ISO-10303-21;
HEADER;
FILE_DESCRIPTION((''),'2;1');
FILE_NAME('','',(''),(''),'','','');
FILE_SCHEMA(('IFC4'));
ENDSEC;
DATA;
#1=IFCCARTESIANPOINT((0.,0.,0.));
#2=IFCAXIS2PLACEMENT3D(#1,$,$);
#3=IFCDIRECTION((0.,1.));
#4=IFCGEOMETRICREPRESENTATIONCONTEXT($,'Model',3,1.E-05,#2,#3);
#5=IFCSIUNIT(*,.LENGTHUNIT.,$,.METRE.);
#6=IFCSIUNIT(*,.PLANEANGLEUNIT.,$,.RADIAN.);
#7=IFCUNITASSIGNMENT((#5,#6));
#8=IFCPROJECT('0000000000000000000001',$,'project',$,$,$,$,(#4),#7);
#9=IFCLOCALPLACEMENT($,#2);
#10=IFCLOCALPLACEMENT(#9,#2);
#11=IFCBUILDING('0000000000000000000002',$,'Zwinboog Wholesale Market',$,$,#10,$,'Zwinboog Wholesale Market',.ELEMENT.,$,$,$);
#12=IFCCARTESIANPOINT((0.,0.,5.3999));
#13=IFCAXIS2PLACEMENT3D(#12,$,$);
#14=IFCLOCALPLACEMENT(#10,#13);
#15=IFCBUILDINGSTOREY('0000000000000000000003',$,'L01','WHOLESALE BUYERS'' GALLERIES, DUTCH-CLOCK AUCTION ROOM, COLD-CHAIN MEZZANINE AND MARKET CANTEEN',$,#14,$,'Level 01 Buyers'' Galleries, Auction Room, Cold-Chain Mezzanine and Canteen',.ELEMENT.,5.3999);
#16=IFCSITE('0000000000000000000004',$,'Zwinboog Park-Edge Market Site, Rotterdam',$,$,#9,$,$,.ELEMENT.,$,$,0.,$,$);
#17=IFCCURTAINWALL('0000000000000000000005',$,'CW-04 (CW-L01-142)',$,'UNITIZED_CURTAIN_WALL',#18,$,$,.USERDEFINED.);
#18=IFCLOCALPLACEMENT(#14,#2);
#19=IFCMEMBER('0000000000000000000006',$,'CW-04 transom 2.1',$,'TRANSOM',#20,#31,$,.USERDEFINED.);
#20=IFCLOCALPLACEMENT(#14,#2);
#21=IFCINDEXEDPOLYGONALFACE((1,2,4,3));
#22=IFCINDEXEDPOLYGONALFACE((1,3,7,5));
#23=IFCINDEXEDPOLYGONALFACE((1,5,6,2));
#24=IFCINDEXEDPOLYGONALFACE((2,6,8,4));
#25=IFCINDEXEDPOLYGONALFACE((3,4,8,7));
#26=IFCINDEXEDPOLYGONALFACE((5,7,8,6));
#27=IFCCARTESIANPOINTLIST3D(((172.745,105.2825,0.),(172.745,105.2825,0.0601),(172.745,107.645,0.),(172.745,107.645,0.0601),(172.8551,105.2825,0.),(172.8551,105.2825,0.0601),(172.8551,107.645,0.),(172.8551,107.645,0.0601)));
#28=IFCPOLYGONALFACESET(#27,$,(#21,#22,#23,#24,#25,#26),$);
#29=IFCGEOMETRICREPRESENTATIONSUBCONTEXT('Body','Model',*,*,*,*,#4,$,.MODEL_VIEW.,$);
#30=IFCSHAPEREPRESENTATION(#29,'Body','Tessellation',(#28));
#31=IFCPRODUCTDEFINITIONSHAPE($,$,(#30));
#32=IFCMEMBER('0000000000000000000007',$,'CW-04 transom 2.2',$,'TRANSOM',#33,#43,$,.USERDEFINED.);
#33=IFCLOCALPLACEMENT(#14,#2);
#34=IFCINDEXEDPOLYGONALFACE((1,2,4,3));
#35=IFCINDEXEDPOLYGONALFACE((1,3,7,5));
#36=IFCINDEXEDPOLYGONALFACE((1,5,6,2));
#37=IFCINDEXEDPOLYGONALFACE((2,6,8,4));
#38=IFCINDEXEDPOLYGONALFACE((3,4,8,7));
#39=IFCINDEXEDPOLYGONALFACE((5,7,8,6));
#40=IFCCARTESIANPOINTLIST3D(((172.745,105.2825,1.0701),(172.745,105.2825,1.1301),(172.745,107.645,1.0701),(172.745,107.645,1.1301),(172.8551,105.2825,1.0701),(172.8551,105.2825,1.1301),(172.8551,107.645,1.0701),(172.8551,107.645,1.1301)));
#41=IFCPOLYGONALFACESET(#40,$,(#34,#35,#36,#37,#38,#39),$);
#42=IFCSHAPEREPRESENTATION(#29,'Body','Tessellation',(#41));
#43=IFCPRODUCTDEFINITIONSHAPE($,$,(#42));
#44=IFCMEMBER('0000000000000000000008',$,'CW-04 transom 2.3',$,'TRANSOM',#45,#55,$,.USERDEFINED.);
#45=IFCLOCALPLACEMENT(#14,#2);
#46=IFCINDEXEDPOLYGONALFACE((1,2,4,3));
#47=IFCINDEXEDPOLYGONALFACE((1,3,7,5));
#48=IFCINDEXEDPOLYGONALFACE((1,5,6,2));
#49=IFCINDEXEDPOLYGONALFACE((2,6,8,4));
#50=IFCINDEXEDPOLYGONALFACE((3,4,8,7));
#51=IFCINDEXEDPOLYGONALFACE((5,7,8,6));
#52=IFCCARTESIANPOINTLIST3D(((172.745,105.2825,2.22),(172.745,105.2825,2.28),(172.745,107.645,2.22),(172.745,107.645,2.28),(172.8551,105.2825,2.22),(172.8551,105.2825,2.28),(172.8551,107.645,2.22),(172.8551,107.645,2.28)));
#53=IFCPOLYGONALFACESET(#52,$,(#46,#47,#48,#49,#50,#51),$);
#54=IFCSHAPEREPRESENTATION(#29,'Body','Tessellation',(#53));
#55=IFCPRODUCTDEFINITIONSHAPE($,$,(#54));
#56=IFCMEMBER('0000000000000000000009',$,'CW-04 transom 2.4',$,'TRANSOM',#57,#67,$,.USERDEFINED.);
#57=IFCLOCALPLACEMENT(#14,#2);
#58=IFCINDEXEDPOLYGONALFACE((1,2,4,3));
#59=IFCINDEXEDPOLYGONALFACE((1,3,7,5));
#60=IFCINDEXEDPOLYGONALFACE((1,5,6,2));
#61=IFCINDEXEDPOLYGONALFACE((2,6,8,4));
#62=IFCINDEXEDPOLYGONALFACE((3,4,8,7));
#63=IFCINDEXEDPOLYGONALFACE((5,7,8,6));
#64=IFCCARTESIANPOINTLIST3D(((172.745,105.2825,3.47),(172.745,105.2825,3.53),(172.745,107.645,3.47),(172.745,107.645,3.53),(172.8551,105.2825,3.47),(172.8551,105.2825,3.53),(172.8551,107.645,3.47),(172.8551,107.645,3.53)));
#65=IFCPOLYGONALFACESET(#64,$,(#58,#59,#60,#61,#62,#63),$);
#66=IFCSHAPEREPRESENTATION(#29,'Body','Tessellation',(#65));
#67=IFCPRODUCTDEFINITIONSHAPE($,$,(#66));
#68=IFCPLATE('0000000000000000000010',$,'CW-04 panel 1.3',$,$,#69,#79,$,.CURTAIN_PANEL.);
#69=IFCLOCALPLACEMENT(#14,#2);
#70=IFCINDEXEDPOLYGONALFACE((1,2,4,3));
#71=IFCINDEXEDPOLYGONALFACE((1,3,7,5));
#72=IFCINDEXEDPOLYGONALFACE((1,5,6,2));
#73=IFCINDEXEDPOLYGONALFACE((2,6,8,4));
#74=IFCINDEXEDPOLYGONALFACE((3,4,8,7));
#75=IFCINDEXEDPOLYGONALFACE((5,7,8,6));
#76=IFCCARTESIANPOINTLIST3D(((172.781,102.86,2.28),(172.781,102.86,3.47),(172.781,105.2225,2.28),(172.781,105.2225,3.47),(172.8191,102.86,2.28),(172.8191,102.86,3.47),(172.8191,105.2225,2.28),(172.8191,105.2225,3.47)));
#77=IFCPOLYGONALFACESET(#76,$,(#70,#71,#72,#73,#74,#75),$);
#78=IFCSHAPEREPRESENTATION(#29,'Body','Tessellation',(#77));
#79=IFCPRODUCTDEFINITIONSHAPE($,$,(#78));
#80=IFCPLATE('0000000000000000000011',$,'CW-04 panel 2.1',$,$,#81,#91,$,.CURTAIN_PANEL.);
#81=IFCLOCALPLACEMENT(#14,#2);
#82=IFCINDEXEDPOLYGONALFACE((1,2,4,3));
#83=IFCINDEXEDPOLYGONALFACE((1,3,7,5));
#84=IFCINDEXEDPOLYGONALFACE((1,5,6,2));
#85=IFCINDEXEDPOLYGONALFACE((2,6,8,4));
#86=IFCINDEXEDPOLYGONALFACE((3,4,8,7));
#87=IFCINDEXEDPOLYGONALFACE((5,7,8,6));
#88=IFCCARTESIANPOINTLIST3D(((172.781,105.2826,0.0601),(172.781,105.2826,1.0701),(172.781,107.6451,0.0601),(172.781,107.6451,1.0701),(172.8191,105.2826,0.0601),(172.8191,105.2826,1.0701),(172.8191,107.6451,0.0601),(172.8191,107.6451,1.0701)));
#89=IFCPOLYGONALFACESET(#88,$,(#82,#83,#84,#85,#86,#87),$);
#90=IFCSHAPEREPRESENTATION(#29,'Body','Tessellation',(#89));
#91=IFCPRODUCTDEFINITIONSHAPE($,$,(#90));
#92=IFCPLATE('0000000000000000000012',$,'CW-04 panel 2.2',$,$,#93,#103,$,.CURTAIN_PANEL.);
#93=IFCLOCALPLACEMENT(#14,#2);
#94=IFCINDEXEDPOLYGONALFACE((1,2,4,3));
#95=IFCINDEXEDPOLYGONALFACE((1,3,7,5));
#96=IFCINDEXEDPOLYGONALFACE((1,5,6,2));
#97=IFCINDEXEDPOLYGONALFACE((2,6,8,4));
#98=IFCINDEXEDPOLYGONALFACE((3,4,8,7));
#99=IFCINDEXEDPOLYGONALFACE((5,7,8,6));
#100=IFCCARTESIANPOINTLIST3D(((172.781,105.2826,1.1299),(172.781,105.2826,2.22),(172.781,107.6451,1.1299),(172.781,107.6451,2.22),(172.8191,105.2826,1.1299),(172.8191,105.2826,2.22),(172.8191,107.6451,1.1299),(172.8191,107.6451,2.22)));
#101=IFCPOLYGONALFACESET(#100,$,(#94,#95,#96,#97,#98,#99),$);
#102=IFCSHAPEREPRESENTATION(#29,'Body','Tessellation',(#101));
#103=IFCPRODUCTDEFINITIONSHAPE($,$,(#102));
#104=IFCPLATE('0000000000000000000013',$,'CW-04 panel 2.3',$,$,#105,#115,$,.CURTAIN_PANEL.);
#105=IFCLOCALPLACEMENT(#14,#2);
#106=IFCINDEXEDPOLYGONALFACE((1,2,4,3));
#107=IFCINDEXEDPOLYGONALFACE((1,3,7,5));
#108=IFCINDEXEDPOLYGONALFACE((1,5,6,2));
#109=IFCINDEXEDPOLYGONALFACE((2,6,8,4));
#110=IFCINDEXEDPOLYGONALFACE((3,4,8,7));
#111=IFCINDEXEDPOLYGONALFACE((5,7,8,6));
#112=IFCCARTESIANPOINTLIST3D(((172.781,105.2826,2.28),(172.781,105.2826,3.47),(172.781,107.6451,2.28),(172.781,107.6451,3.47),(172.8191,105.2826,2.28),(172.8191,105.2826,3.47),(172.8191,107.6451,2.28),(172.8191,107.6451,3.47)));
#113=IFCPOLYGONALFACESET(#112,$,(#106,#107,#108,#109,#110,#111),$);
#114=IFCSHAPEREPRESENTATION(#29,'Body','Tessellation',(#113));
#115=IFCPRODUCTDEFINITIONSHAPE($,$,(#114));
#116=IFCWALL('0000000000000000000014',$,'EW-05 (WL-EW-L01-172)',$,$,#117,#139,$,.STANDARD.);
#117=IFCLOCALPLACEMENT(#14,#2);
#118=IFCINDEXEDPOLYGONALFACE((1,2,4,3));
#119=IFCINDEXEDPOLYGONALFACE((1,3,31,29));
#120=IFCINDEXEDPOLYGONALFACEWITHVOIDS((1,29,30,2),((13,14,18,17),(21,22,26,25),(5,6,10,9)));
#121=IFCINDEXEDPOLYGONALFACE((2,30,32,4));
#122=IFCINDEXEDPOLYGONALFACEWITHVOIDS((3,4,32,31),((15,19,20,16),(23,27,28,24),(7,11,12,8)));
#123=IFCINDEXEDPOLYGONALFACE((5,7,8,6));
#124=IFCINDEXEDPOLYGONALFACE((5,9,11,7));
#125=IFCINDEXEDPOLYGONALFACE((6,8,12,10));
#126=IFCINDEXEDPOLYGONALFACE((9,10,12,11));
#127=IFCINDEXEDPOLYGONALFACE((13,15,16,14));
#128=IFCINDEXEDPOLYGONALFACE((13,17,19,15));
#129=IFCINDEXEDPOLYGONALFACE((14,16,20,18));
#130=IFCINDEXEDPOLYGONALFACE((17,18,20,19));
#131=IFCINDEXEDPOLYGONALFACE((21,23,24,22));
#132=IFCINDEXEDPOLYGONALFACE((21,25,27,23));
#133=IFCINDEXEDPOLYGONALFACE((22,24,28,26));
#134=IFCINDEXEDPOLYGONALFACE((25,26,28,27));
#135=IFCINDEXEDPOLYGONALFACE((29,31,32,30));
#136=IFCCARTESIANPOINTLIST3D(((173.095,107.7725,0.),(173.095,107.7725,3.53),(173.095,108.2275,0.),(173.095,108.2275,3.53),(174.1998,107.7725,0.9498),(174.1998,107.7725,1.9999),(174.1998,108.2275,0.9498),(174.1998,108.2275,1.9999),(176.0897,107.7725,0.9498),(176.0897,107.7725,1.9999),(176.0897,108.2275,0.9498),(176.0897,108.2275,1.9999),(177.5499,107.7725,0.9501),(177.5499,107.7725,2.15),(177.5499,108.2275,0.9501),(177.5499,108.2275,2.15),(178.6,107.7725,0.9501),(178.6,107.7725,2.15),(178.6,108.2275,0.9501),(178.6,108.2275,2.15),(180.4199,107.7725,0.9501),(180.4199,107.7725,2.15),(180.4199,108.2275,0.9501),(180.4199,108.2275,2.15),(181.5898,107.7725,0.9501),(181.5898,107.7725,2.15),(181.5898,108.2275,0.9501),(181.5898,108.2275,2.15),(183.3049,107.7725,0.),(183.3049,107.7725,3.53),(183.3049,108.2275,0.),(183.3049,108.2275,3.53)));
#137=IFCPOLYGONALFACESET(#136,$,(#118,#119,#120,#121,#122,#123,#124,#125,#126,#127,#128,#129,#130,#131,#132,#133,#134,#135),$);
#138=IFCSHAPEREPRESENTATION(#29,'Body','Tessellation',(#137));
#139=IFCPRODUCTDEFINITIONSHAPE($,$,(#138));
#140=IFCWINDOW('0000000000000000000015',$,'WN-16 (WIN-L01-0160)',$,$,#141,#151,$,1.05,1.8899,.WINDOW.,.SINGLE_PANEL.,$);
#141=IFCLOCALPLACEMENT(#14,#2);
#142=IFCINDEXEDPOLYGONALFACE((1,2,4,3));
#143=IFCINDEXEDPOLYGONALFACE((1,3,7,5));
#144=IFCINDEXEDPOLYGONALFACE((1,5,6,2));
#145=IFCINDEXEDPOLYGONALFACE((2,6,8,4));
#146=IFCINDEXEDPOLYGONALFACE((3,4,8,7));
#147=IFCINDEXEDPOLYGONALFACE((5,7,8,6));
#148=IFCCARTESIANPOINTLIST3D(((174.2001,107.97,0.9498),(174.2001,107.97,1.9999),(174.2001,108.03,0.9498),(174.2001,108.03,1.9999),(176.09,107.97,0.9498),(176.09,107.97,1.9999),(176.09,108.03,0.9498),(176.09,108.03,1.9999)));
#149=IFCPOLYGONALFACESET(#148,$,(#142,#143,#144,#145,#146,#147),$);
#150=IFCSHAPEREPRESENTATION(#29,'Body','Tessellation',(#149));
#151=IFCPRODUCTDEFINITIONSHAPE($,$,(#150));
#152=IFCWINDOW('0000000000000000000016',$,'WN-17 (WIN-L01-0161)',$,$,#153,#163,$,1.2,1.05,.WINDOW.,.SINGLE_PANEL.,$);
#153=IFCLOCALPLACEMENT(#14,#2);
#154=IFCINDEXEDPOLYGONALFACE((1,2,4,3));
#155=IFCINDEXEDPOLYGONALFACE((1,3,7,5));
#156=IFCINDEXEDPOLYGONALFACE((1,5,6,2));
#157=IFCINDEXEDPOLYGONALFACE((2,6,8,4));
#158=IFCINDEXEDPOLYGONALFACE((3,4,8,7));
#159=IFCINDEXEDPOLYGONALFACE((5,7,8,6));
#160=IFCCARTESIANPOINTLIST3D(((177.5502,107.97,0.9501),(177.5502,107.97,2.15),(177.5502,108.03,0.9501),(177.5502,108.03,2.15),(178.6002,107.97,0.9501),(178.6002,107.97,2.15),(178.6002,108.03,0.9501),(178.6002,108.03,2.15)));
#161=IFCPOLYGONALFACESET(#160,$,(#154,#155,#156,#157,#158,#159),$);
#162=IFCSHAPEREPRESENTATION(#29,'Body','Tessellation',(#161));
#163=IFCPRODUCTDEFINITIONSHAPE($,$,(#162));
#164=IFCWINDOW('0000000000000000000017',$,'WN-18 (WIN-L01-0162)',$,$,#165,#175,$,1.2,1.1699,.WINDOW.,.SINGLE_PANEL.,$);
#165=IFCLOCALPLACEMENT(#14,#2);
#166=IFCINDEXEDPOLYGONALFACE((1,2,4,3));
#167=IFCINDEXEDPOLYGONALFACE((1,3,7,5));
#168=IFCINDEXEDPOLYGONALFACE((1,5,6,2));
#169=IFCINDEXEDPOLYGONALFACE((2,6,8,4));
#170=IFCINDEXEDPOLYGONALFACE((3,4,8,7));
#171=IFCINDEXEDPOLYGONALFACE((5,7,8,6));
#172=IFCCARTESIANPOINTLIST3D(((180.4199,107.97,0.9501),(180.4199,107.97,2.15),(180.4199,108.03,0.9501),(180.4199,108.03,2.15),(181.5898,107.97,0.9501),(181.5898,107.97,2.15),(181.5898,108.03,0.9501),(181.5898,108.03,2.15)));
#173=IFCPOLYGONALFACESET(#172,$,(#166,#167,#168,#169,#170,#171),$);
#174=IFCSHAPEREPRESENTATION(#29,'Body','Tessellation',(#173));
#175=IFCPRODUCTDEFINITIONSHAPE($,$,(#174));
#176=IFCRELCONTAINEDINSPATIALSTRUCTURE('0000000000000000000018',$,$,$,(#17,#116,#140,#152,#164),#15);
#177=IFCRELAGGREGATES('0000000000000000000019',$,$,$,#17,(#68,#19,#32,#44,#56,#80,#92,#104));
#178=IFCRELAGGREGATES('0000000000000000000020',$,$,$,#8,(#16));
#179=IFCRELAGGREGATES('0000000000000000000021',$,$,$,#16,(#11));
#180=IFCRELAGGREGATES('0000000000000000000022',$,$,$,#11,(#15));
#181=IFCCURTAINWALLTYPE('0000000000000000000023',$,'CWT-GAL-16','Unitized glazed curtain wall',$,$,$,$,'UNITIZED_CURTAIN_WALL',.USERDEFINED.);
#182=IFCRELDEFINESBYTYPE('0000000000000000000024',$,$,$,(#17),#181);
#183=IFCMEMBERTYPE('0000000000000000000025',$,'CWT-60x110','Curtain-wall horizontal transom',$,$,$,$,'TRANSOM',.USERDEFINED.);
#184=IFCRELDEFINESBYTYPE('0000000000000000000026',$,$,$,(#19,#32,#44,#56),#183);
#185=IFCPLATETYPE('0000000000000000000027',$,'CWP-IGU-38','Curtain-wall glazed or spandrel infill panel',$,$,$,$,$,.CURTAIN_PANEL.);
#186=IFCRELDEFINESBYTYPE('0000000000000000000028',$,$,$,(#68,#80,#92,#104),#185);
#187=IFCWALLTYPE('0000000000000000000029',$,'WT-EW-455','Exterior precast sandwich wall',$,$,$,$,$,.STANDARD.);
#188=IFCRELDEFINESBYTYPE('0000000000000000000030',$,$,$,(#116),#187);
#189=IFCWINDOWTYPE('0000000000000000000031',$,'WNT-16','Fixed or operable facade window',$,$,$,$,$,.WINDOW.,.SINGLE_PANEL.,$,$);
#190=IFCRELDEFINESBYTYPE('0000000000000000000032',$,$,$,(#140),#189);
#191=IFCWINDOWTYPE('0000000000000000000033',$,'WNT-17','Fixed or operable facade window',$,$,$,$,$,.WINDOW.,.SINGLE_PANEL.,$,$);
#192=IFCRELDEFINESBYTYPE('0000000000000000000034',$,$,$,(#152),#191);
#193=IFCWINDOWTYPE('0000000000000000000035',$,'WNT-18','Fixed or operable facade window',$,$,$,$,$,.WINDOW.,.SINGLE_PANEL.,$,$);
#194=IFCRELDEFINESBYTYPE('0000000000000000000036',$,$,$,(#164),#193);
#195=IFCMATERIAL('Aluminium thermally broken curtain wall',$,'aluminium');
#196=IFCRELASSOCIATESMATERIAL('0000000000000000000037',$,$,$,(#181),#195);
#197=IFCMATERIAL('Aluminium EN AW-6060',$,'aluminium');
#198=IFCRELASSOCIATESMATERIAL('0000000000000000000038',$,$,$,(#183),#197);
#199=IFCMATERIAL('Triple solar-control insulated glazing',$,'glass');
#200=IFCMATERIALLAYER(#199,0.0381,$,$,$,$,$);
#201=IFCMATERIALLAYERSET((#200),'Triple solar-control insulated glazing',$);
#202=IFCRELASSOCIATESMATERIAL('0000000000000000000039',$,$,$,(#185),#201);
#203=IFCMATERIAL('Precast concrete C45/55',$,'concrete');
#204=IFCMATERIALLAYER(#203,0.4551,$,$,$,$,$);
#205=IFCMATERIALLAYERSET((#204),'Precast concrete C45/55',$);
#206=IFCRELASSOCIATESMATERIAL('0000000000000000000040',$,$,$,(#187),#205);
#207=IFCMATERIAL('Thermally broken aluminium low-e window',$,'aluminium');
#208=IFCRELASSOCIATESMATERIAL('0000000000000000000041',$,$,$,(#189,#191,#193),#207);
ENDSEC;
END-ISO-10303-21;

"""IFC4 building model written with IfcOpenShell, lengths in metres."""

from ifc_helpers import new_model, si_unit, direction, frame, frame_2d, origin, origin_2d, place, context, subcontext, project, spatial, rectangle, extrude, material, layer, layer_set, material_profile, profile_set, type_object, element, fill, aggregate, save


model = new_model("IFC4")

# Units and contexts
model_context = context("Model", 3, precision=1e-05, world=origin(), true_north=direction((0.0, 1.0)))
body_context = subcontext(model_context, "Body", "Model", "MODEL_VIEW")
ifc_project = project(units=[si_unit("LENGTHUNIT", "METRE"), si_unit("PLANEANGLEUNIT", "RADIAN")], contexts=[model_context])

# Site, building, storey
site_placement = place(None, origin())
site = spatial("IfcSite", under=ifc_project, at=site_placement, Name="Zwinboog Park-Edge Market Site, Rotterdam", CompositionType="ELEMENT", RefElevation=0.0)
building_placement = place(site_placement, origin())
building = spatial("IfcBuilding", under=site, at=building_placement, Name="Zwinboog Wholesale Market", LongName="Zwinboog Wholesale Market", CompositionType="ELEMENT")
storey_placement = place(building_placement, frame((0.0, 0.0, 5.3999)))
storey = spatial("IfcBuildingStorey", under=building, at=storey_placement, Name="L01", Description="WHOLESALE BUYERS' GALLERIES, DUTCH-CLOCK AUCTION ROOM, COLD-CHAIN MEZZANINE AND MARKET CANTEEN", LongName="Level 01 Buyers' Galleries, Auction Room, Cold-Chain Mezzanine and Canteen", CompositionType="ELEMENT", Elevation=5.3999)

# Shared definitions
ifc_material_1 = material(Name="Precast concrete C45/55", Category="concrete")

# Curtain wall, members, plates
ifc_material_2 = material(Name="Aluminium thermally broken curtain wall", Category="aluminium")
curtain_wall_type = type_object("IfcCurtainWallType", Name="CWT-GAL-16", Description="Unitized glazed curtain wall", ElementType="UNITIZED_CURTAIN_WALL", PredefinedType="USERDEFINED", material=ifc_material_2)
curtain_wall_placement = place(storey_placement, origin())
curtain_wall = element("IfcCurtainWall", 1, at=curtain_wall_placement, inside=storey, type_object=curtain_wall_type, Name="CW-04 (CW-L01-142)", ObjectType="UNITIZED_CURTAIN_WALL", PredefinedType="USERDEFINED")
ifc_material_3 = material(Name="Aluminium EN AW-6060", Category="aluminium")
ifc_material_profile_1 = material_profile(ifc_material_3, rectangle(XDim=0.1101, YDim=0.0601, at=origin_2d()), Name="AL 60x110")
ifc_profile_set_1 = profile_set([ifc_material_profile_1], Name="Aluminium EN AW-6060")
member_type_1 = type_object("IfcMemberType", Name="CWT-60x110", Description="Curtain-wall horizontal transom", ElementType="TRANSOM", PredefinedType="USERDEFINED", material=ifc_profile_set_1)
member_1_placement = place(storey_placement, frame((172.8, 105.2825, 0.03), z_axis=(0.0, 1.0, 0.0), x_axis=(-1.0, 0.0, 0.0)))
member_1 = element("IfcMember", 2, at=member_1_placement, type_object=member_type_1, Name="CW-04 transom 2.1", ObjectType="TRANSOM", PredefinedType="USERDEFINED", context=body_context, shape_type="SweptSolid", body=[
    extrude(rectangle(XDim=0.1101, YDim=0.0601, at=origin_2d()), origin(), (0.0, 0.0, 1.0), 2.3625),
])
member_2_placement = place(storey_placement, frame((172.8, 105.2825, 1.1001), z_axis=(0.0, 1.0, 0.0), x_axis=(-1.0, 0.0, 0.0)))
member_2 = element("IfcMember", 3, at=member_2_placement, type_object=member_type_1, Name="CW-04 transom 2.2", ObjectType="TRANSOM", PredefinedType="USERDEFINED", context=body_context, shape_type="SweptSolid", body=[
    extrude(rectangle(XDim=0.1101, YDim=0.0601, at=origin_2d()), origin(), (0.0, 0.0, 1.0), 2.3625),
])
member_3_placement = place(storey_placement, frame((172.8, 105.2825, 2.25), z_axis=(0.0, 1.0, 0.0), x_axis=(-1.0, 0.0, 0.0)))
member_3 = element("IfcMember", 4, at=member_3_placement, type_object=member_type_1, Name="CW-04 transom 2.3", ObjectType="TRANSOM", PredefinedType="USERDEFINED", context=body_context, shape_type="SweptSolid", body=[
    extrude(rectangle(XDim=0.1101, YDim=0.0601, at=origin_2d()), origin(), (0.0, 0.0, 1.0), 2.3625),
])
member_4_placement = place(storey_placement, frame((172.8, 105.2825, 3.5), z_axis=(0.0, 1.0, 0.0), x_axis=(-1.0, 0.0, 0.0)))
member_4 = element("IfcMember", 5, at=member_4_placement, type_object=member_type_1, Name="CW-04 transom 2.4", ObjectType="TRANSOM", PredefinedType="USERDEFINED", context=body_context, shape_type="SweptSolid", body=[
    extrude(rectangle(XDim=0.1101, YDim=0.0601, at=origin_2d()), origin(), (0.0, 0.0, 1.0), 2.3625),
])
ifc_material_4 = material(Name="Triple solar-control insulated glazing", Category="glass")
ifc_layer_1 = layer(ifc_material_4, 0.0381)
ifc_layer_set_1 = layer_set([ifc_layer_1], Name="Triple solar-control insulated glazing")
plate_type = type_object("IfcPlateType", Name="CWP-IGU-38", Description="Curtain-wall glazed or spandrel infill panel", PredefinedType="CURTAIN_PANEL", material=ifc_layer_set_1)
plate_1_placement = place(storey_placement, frame((172.8, 104.0413, 2.28), z_axis=(0.0, 0.0, 1.0), x_axis=(0.0, 1.0, 0.0)))
plate_1 = element("IfcPlate", 6, at=plate_1_placement, type_object=plate_type, Name="CW-04 panel 1.3", PredefinedType="CURTAIN_PANEL", context=body_context, shape_type="SweptSolid", body=[
    extrude(rectangle(XDim=2.3625, YDim=0.0381, at=origin_2d()), origin(), (0.0, 0.0, 1.0), 1.1899),
])
plate_2_placement = place(storey_placement, frame((172.8, 106.4639, 0.0601), z_axis=(0.0, 0.0, 1.0), x_axis=(0.0, 1.0, 0.0)))
plate_2 = element("IfcPlate", 7, at=plate_2_placement, type_object=plate_type, Name="CW-04 panel 2.1", PredefinedType="CURTAIN_PANEL", context=body_context, shape_type="SweptSolid", body=[
    extrude(rectangle(XDim=2.3625, YDim=0.0381, at=origin_2d()), origin(), (0.0, 0.0, 1.0), 1.01),
])
plate_3_placement = place(storey_placement, frame((172.8, 106.4639, 1.1299), z_axis=(0.0, 0.0, 1.0), x_axis=(0.0, 1.0, 0.0)))
plate_3 = element("IfcPlate", 8, at=plate_3_placement, type_object=plate_type, Name="CW-04 panel 2.2", PredefinedType="CURTAIN_PANEL", context=body_context, shape_type="SweptSolid", body=[
    extrude(rectangle(XDim=2.3625, YDim=0.0381, at=origin_2d()), origin(), (0.0, 0.0, 1.0), 1.0901),
])
plate_4_placement = place(storey_placement, frame((172.8, 106.4639, 2.28), z_axis=(0.0, 0.0, 1.0), x_axis=(0.0, 1.0, 0.0)))
plate_4 = element("IfcPlate", 9, at=plate_4_placement, type_object=plate_type, Name="CW-04 panel 2.3", PredefinedType="CURTAIN_PANEL", context=body_context, shape_type="SweptSolid", body=[
    extrude(rectangle(XDim=2.3625, YDim=0.0381, at=origin_2d()), origin(), (0.0, 0.0, 1.0), 1.1899),
])
aggregate(curtain_wall, [plate_1, member_1, member_2, member_3, member_4, plate_2, plate_3, plate_4])

# Wall, openings, windows
ifc_layer_2 = layer(ifc_material_1, 0.4551)
ifc_layer_set_2 = layer_set([ifc_layer_2], Name="Precast concrete C45/55")
wall_type = type_object("IfcWallType", Name="WT-EW-455", Description="Exterior precast sandwich wall", PredefinedType="STANDARD", material=ifc_layer_set_2)
wall_1_placement = place(storey_placement, frame((173.095, 108.0, 0.0), z_axis=(0.0, 0.0, 1.0), x_axis=(1.0, 0.0, 0.0)))
wall_1 = element("IfcWall", 10, at=wall_1_placement, inside=storey, type_object=wall_type, Name="EW-05 (WL-EW-L01-172)", PredefinedType="STANDARD", context=body_context, shape_type="SweptSolid", body=[
    extrude(rectangle(XDim=10.21, YDim=0.4551, at=frame_2d((5.105, 0.0))), origin(), (0.0, 0.0, 1.0), 3.53),
])
opening_1_placement = place(wall_1_placement, frame((1.105, 0.0, 0.95)))
opening_1 = element("IfcOpeningElement", 11, at=opening_1_placement, cuts=wall_1, PredefinedType="OPENING", context=body_context, shape_type="SweptSolid", body=[
    extrude(rectangle(XDim=1.8899, YDim=1.05, at=frame_2d((0.9448, 0.5249))), frame((0.0, 0.2375, 0.0), z_axis=(0.0, -1.0, 0.0), x_axis=(1.0, 0.0, 0.0)), (0.0, 0.0, 1.0), 0.4751),
])
opening_2_placement = place(wall_1_placement, frame((4.4551, 0.0, 0.95)))
opening_2 = element("IfcOpeningElement", 12, at=opening_2_placement, cuts=wall_1, PredefinedType="OPENING", context=body_context, shape_type="SweptSolid", body=[
    extrude(rectangle(XDim=1.05, YDim=1.2, at=frame_2d((0.5249, 0.6001))), frame((0.0, 0.2375, 0.0), z_axis=(0.0, -1.0, 0.0), x_axis=(1.0, 0.0, 0.0)), (0.0, 0.0, 1.0), 0.4751),
])
opening_3_placement = place(wall_1_placement, frame((7.325, 0.0, 0.95)))
opening_3 = element("IfcOpeningElement", 13, at=opening_3_placement, cuts=wall_1, PredefinedType="OPENING", context=body_context, shape_type="SweptSolid", body=[
    extrude(rectangle(XDim=1.1699, YDim=1.2, at=frame_2d((0.585, 0.6001))), frame((0.0, 0.2375, 0.0), z_axis=(0.0, -1.0, 0.0), x_axis=(1.0, 0.0, 0.0)), (0.0, 0.0, 1.0), 0.4751),
])
ifc_material_5 = material(Name="Thermally broken aluminium low-e window", Category="aluminium")
window_type_1 = type_object("IfcWindowType", Name="WNT-16", Description="Fixed or operable facade window", PartitioningType="SINGLE_PANEL", PredefinedType="WINDOW", material=ifc_material_5)
window_1_placement = place(opening_1_placement, frame((1.8899, 0.0, 0.0), z_axis=(0.0, 0.0, 1.0), x_axis=(-1.0, 0.0, 0.0)))
window_1 = element("IfcWindow", 14, at=window_1_placement, inside=storey, type_object=window_type_1, Name="WN-16 (WIN-L01-0160)", OverallHeight=1.05, OverallWidth=1.8899, PartitioningType="SINGLE_PANEL", PredefinedType="WINDOW", context=body_context, shape_type="SweptSolid", body=[
    extrude(rectangle(XDim=1.8899, YDim=1.05, at=frame_2d((0.9448, 0.5249))), frame((0.0, 0.03, 0.0), z_axis=(0.0, -1.0, 0.0), x_axis=(1.0, 0.0, 0.0)), (0.0, 0.0, 1.0), 0.0601),
])
fill(opening_1, window_1)
window_type_2 = type_object("IfcWindowType", Name="WNT-17", Description="Fixed or operable facade window", PartitioningType="SINGLE_PANEL", PredefinedType="WINDOW", material=ifc_material_5)
window_2_placement = place(opening_2_placement, frame((1.05, 0.0, 0.0), z_axis=(0.0, 0.0, 1.0), x_axis=(-1.0, 0.0, 0.0)))
window_2 = element("IfcWindow", 15, at=window_2_placement, inside=storey, type_object=window_type_2, Name="WN-17 (WIN-L01-0161)", OverallHeight=1.2, OverallWidth=1.05, PartitioningType="SINGLE_PANEL", PredefinedType="WINDOW", context=body_context, shape_type="SweptSolid", body=[
    extrude(rectangle(XDim=1.05, YDim=1.2, at=frame_2d((0.5249, 0.6001))), frame((0.0, 0.03, 0.0), z_axis=(0.0, -1.0, 0.0), x_axis=(1.0, 0.0, 0.0)), (0.0, 0.0, 1.0), 0.0601),
])
fill(opening_2, window_2)
window_type_3 = type_object("IfcWindowType", Name="WNT-18", Description="Fixed or operable facade window", PartitioningType="SINGLE_PANEL", PredefinedType="WINDOW", material=ifc_material_5)
window_3_placement = place(opening_3_placement, frame((1.1699, 0.0, 0.0), z_axis=(0.0, 0.0, 1.0), x_axis=(-1.0, 0.0, 0.0)))
window_3 = element("IfcWindow", 16, at=window_3_placement, inside=storey, type_object=window_type_3, Name="WN-18 (WIN-L01-0162)", OverallHeight=1.2, OverallWidth=1.1699, PartitioningType="SINGLE_PANEL", PredefinedType="WINDOW", context=body_context, shape_type="SweptSolid", body=[
    extrude(rectangle(XDim=1.1699, YDim=1.2, at=frame_2d((0.585, 0.6001))), frame((0.0, 0.03, 0.0), z_axis=(0.0, -1.0, 0.0), x_axis=(1.0, 0.0, 0.0)), (0.0, 0.0, 1.0), 0.0601),
])
fill(opening_3, window_3)

save(model, "model.ifc")
